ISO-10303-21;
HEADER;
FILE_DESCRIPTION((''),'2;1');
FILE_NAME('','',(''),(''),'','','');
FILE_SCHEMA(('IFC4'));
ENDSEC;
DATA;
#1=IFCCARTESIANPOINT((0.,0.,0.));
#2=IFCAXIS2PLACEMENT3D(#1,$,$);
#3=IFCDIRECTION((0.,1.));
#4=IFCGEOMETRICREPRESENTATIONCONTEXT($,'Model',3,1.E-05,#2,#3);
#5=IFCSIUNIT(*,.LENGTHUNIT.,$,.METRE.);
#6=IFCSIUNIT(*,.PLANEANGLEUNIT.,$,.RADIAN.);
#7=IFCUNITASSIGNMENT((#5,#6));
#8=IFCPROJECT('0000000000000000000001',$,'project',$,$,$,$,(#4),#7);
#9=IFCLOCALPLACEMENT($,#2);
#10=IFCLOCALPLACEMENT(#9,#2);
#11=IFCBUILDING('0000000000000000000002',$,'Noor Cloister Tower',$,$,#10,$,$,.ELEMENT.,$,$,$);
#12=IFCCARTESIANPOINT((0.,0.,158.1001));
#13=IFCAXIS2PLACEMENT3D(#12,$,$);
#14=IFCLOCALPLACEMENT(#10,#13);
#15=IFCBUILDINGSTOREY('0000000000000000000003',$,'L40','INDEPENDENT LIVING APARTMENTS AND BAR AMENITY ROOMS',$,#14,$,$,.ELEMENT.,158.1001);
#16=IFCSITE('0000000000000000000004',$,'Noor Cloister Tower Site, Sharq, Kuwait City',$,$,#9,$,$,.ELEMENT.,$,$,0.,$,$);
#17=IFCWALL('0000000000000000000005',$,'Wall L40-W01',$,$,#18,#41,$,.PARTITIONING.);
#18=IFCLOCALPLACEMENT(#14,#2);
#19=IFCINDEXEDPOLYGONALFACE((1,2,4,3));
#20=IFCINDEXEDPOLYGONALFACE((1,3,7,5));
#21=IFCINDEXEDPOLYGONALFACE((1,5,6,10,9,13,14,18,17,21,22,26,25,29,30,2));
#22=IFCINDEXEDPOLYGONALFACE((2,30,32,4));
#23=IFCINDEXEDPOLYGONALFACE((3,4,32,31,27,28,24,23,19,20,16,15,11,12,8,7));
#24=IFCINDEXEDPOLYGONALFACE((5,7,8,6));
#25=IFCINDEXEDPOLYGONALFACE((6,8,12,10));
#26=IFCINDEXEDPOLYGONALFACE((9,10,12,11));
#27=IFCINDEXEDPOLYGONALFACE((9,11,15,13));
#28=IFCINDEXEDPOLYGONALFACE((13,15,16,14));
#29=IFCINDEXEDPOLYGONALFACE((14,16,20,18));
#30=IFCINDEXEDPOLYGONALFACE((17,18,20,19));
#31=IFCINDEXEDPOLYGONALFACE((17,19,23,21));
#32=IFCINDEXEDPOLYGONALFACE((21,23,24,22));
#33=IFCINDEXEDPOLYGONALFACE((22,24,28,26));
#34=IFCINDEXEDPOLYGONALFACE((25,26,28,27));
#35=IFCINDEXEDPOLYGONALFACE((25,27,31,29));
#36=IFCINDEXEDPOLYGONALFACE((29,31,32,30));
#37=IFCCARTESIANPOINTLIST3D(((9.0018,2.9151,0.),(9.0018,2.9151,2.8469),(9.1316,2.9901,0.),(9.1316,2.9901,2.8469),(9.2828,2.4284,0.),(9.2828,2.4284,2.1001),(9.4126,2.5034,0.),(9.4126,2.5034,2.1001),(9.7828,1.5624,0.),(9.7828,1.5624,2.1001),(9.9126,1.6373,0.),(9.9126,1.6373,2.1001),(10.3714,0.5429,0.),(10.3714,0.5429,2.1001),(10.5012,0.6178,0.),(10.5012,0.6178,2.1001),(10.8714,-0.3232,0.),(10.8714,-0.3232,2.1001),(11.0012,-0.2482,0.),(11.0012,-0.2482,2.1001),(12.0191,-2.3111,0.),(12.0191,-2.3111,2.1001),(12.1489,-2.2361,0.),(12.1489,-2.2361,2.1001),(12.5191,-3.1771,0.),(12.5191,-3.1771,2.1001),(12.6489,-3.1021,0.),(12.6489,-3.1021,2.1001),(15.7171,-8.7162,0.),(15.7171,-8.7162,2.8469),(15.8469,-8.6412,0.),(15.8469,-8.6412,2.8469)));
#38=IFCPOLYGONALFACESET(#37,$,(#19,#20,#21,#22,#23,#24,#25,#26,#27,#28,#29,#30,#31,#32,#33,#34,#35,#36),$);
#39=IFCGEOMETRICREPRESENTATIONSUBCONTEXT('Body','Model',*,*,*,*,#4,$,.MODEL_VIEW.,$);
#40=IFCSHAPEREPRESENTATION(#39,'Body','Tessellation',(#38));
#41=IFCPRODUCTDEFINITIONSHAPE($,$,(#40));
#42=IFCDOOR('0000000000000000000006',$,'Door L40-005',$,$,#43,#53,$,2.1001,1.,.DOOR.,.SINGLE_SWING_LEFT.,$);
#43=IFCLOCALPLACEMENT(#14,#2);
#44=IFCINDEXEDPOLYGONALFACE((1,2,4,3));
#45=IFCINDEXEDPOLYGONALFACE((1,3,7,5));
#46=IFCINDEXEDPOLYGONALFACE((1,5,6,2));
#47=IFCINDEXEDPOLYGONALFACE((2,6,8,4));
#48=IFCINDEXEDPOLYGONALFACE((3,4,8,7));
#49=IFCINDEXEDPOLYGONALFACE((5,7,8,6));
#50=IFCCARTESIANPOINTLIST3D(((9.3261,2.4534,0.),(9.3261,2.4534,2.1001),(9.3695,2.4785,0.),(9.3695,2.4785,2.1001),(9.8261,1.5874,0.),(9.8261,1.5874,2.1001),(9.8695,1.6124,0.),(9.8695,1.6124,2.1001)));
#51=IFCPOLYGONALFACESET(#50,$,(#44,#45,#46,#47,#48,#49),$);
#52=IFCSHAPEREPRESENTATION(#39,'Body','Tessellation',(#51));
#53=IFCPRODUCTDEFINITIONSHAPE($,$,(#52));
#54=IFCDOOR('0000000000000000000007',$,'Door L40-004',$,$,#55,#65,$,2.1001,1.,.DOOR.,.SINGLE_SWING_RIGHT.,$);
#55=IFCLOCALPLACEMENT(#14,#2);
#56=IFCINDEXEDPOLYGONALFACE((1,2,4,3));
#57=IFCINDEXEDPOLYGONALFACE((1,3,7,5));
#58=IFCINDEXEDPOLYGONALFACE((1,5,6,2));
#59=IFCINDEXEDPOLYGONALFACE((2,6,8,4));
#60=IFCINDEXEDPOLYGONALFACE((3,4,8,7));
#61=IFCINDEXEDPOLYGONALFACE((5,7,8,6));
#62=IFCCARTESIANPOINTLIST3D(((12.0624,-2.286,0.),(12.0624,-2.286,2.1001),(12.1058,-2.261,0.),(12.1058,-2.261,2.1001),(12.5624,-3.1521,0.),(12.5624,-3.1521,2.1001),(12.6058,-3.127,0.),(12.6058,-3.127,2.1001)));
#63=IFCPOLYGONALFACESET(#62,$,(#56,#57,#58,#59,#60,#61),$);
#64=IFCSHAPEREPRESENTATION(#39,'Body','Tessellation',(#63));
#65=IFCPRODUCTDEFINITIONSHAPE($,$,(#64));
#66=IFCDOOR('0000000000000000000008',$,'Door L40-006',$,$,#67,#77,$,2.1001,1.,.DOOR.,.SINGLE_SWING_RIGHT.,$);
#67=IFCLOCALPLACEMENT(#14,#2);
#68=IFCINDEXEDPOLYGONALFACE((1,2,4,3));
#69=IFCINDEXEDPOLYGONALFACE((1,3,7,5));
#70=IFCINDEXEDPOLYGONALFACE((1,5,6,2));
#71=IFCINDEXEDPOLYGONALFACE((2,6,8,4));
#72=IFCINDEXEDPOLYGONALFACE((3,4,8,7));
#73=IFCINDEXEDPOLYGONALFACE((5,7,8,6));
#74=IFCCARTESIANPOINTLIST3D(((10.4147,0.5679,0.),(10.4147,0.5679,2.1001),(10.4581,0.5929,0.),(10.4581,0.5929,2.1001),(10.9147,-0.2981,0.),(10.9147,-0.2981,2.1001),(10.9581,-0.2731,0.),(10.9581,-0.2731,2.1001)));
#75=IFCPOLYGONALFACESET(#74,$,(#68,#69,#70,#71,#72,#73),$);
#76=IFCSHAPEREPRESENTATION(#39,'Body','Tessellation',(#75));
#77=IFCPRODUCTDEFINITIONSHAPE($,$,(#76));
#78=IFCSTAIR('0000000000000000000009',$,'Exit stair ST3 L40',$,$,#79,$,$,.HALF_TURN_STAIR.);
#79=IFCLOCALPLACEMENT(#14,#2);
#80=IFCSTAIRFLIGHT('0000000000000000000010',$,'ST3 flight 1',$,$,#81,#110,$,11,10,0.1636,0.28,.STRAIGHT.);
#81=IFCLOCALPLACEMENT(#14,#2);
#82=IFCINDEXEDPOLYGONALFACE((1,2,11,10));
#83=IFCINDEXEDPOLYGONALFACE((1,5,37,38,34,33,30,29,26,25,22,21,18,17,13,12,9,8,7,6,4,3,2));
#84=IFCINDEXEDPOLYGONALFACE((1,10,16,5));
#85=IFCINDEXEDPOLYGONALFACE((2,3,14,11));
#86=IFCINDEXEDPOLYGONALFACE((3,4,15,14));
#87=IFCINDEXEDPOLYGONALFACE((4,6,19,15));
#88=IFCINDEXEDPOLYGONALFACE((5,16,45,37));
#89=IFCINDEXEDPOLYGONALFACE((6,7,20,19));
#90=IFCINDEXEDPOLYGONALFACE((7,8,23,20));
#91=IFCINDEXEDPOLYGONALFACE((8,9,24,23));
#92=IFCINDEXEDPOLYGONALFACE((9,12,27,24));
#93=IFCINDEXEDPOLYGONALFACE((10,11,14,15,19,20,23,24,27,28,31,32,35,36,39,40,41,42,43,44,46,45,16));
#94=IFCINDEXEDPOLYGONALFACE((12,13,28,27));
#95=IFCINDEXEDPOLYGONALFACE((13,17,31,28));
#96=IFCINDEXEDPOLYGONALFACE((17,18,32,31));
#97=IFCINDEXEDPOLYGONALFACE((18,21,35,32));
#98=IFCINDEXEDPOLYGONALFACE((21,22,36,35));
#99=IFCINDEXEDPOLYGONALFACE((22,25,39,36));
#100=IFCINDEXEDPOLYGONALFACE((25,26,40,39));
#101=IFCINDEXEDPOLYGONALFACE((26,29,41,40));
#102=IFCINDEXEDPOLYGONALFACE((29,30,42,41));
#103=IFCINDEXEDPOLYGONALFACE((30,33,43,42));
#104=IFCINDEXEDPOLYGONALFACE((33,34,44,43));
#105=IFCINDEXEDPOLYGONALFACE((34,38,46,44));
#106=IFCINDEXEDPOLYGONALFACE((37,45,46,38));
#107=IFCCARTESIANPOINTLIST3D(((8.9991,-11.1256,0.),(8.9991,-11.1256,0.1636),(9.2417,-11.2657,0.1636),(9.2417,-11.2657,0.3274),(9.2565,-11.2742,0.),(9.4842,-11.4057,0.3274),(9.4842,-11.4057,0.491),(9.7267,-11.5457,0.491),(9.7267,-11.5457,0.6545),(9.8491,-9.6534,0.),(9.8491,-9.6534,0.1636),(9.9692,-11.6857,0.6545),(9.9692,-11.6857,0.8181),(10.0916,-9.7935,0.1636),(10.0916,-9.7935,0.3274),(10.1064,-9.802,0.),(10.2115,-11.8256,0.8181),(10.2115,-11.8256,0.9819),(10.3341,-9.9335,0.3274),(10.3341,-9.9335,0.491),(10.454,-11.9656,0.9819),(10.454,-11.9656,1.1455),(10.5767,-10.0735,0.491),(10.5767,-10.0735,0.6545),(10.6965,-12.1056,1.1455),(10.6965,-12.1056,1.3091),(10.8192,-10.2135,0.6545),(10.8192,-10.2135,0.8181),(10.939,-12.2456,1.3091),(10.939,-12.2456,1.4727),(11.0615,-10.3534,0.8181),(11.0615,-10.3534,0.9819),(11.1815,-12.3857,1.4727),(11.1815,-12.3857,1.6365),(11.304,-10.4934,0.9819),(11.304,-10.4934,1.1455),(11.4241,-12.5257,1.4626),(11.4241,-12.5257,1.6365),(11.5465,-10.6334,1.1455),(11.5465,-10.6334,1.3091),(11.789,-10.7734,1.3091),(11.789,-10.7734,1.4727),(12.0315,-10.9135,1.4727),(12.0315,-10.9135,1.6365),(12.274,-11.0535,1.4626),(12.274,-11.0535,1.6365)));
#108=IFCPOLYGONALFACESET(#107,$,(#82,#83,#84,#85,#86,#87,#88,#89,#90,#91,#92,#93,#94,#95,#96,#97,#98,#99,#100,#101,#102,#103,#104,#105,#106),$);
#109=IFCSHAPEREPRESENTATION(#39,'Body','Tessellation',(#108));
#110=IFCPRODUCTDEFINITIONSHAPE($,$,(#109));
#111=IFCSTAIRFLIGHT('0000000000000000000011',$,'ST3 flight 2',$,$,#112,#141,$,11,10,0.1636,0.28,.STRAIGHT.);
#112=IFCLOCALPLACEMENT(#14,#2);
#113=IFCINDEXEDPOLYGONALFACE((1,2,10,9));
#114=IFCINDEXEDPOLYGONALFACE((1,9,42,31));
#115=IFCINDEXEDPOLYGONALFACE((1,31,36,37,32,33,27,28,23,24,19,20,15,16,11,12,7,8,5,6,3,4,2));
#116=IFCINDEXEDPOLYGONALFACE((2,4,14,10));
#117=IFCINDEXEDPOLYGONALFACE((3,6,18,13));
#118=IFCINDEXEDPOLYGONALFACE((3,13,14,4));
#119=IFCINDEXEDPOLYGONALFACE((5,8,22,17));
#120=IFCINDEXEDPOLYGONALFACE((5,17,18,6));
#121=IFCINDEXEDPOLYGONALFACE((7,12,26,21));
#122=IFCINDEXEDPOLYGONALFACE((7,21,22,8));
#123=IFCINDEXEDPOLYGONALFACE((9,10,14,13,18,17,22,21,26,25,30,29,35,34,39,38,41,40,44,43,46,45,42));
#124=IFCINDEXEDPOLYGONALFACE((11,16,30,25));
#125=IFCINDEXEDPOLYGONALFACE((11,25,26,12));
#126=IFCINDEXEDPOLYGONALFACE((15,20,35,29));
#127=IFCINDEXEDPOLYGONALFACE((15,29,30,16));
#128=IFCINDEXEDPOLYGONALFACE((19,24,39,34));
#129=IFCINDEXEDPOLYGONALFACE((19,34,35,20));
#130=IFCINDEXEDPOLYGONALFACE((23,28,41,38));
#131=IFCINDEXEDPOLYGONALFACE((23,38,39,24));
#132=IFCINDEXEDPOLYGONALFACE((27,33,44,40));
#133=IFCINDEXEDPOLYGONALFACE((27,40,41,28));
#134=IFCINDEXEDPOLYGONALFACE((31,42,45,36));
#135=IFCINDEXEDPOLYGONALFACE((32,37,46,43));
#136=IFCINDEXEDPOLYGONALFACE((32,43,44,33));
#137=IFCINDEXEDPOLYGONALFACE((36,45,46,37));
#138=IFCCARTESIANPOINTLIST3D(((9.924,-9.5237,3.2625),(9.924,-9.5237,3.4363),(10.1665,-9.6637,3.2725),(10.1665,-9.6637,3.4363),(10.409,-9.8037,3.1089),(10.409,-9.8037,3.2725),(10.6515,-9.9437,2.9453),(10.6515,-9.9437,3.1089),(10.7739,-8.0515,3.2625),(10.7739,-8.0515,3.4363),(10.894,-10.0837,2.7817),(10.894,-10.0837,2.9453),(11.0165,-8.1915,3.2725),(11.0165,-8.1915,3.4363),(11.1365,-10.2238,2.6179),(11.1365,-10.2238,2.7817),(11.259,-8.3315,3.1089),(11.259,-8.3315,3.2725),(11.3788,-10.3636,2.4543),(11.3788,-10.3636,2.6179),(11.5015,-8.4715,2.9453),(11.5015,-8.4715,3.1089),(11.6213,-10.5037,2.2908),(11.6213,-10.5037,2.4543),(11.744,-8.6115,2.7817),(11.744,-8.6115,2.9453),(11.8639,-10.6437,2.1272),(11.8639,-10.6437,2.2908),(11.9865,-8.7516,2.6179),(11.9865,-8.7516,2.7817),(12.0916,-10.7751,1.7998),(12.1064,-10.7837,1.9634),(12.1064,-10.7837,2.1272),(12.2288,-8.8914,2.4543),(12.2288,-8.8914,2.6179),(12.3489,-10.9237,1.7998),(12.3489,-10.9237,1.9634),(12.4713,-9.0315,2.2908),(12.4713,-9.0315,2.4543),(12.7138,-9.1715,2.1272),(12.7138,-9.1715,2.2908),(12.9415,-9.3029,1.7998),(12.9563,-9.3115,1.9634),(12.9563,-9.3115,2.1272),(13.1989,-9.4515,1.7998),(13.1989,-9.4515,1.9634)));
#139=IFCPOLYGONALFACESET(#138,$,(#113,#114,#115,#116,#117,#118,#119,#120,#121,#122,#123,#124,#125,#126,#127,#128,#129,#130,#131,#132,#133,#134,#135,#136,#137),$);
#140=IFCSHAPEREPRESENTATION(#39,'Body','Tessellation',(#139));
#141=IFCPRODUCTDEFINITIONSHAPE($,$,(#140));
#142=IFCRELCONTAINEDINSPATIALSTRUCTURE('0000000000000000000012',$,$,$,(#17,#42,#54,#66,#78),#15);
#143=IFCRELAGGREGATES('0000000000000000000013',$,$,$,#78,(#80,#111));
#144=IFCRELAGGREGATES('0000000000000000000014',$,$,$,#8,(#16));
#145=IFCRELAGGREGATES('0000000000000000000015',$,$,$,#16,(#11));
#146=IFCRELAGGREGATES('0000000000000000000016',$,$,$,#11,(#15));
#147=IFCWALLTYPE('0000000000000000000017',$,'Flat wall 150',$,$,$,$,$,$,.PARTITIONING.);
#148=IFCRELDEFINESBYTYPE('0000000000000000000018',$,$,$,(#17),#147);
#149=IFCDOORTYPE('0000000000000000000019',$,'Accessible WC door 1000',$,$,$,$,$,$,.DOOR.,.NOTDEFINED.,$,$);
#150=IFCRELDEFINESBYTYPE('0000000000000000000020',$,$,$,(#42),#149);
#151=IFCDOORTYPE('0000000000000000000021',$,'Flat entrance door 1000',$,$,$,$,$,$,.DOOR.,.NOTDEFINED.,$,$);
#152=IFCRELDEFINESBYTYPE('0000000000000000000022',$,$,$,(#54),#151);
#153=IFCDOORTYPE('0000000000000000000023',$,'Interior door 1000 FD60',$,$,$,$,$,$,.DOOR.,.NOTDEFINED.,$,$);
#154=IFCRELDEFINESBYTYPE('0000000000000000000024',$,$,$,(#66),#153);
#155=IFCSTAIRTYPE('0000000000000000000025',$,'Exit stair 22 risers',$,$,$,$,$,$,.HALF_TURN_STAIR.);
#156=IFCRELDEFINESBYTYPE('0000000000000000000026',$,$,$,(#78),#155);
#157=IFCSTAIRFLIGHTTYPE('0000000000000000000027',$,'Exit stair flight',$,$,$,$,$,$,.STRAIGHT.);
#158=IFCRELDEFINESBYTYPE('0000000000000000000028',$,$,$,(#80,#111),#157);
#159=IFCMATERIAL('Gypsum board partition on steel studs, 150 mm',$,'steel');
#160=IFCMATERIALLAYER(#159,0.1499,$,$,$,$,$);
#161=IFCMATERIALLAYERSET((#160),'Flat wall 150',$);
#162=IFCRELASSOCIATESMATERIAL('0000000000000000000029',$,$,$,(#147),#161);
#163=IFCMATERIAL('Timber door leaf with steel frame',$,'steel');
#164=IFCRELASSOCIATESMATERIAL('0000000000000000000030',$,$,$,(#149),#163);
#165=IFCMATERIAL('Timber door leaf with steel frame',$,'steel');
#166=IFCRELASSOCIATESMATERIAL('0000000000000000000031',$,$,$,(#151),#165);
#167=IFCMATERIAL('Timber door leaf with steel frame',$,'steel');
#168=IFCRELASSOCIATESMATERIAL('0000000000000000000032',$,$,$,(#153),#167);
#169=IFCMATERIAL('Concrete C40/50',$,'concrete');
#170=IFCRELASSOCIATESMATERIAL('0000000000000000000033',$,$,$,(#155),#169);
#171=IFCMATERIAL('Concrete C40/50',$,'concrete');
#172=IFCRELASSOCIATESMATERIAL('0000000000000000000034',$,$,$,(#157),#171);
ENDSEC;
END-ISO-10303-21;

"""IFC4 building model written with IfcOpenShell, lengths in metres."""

from ifc_helpers import new_model, si_unit, direction, frame, frame_2d, origin, place, context, subcontext, project, spatial, polyline, rectangle, outline, extrude, material, layer, layer_set, type_object, element, fill, aggregate, save


model = new_model("IFC4")

# Units and contexts
model_context = context("Model", 3, precision=1e-05, world=origin(), true_north=direction((0.0, 1.0)))
body_context = subcontext(model_context, "Body", "Model", "MODEL_VIEW")
ifc_project = project(units=[si_unit("LENGTHUNIT", "METRE"), si_unit("PLANEANGLEUNIT", "RADIAN")], contexts=[model_context])

# Site, building, storey
site_placement = place(None, origin())
site = spatial("IfcSite", under=ifc_project, at=site_placement, Name="Noor Cloister Tower Site, Sharq, Kuwait City", CompositionType="ELEMENT", RefElevation=0.0)
building_placement = place(site_placement, origin())
building = spatial("IfcBuilding", under=site, at=building_placement, Name="Noor Cloister Tower", CompositionType="ELEMENT")
storey_placement = place(building_placement, frame((0.0, 0.0, 158.1001)))
storey = spatial("IfcBuildingStorey", under=building, at=storey_placement, Name="L40", Description="INDEPENDENT LIVING APARTMENTS AND BAR AMENITY ROOMS", CompositionType="ELEMENT", Elevation=158.1001)

# Wall, openings, doors
ifc_material_1 = material(Name="Gypsum board partition on steel studs, 150 mm", Category="steel")
ifc_layer_1 = layer(ifc_material_1, 0.1499)
ifc_layer_set_1 = layer_set([ifc_layer_1], Name="Flat wall 150")
wall_type = type_object("IfcWallType", Name="Flat wall 150", PredefinedType="PARTITIONING", material=ifc_layer_set_1)
wall_placement = place(storey_placement, frame((15.782, -8.6787, 0.0), z_axis=(0.0, 0.0, 1.0), x_axis=(-0.499998, 0.866026, 0.0)))
wall = element("IfcWall", 1, at=wall_placement, inside=storey, type_object=wall_type, Name="Wall L40-W01", PredefinedType="PARTITIONING", context=body_context, shape_type="SweptSolid", body=[
    extrude(rectangle(XDim=13.4307, YDim=0.1499, at=frame_2d((6.7153, 0.0))), origin(), (0.0, 0.0, 1.0), 2.8469),
])
opening_1_placement = place(wall_placement, frame((6.396, 0.0, 0.0)))
opening_1 = element("IfcOpeningElement", 2, at=opening_1_placement, cuts=wall, PredefinedType="OPENING", context=body_context, shape_type="SweptSolid", body=[
    extrude(rectangle(XDim=1.0, YDim=2.1001, at=frame_2d((0.5, 1.05))), frame((0.0, 0.085, 0.0), z_axis=(0.0, -1.0, 0.0), x_axis=(1.0, 0.0, 0.0)), (0.0, 0.0, 1.0), 0.1699),
])
opening_2_placement = place(wall_placement, frame((11.8687, 0.0, 0.0)))
opening_2 = element("IfcOpeningElement", 3, at=opening_2_placement, cuts=wall, PredefinedType="OPENING", context=body_context, shape_type="SweptSolid", body=[
    extrude(rectangle(XDim=1.0, YDim=2.1001, at=frame_2d((0.5, 1.05))), frame((0.0, 0.085, 0.0), z_axis=(0.0, -1.0, 0.0), x_axis=(1.0, 0.0, 0.0)), (0.0, 0.0, 1.0), 0.1699),
])
opening_3_placement = place(wall_placement, frame((9.6914, 0.0, 0.0)))
opening_3 = element("IfcOpeningElement", 4, at=opening_3_placement, cuts=wall, PredefinedType="OPENING", context=body_context, shape_type="SweptSolid", body=[
    extrude(rectangle(XDim=1.0, YDim=2.1001, at=frame_2d((0.5, 1.05))), frame((0.0, 0.085, 0.0), z_axis=(0.0, -1.0, 0.0), x_axis=(1.0, 0.0, 0.0)), (0.0, 0.0, 1.0), 0.1699),
])
ifc_material_2 = material(Name="Timber door leaf with steel frame", Category="steel")
door_type_1 = type_object("IfcDoorType", Name="Accessible WC door 1000", OperationType="NOTDEFINED", PredefinedType="DOOR", material=ifc_material_2)
door_1_placement = place(opening_2_placement, origin())
door_1 = element("IfcDoor", 5, at=door_1_placement, inside=storey, type_object=door_type_1, Name="Door L40-005", OperationType="SINGLE_SWING_LEFT", OverallHeight=2.1001, OverallWidth=1.0, PredefinedType="DOOR", context=body_context, shape_type="SweptSolid", body=[
    extrude(rectangle(XDim=1.0, YDim=2.1001, at=frame_2d((0.5, 1.05))), frame((0.0, 0.0249, 0.0), z_axis=(0.0, -1.0, 0.0), x_axis=(1.0, 0.0, 0.0)), (0.0, 0.0, 1.0), 0.05),
])
fill(opening_2, door_1)
ifc_material_3 = material(Name="Timber door leaf with steel frame", Category="steel")
door_type_2 = type_object("IfcDoorType", Name="Flat entrance door 1000", OperationType="NOTDEFINED", PredefinedType="DOOR", material=ifc_material_3)
door_2_placement = place(opening_1_placement, origin())
door_2 = element("IfcDoor", 6, at=door_2_placement, inside=storey, type_object=door_type_2, Name="Door L40-004", OperationType="SINGLE_SWING_RIGHT", OverallHeight=2.1001, OverallWidth=1.0, PredefinedType="DOOR", context=body_context, shape_type="SweptSolid", body=[
    extrude(rectangle(XDim=1.0, YDim=2.1001, at=frame_2d((0.5, 1.05))), frame((0.0, 0.0249, 0.0), z_axis=(0.0, -1.0, 0.0), x_axis=(1.0, 0.0, 0.0)), (0.0, 0.0, 1.0), 0.05),
])
fill(opening_1, door_2)
ifc_material_4 = material(Name="Timber door leaf with steel frame", Category="steel")
door_type_3 = type_object("IfcDoorType", Name="Interior door 1000 FD60", OperationType="NOTDEFINED", PredefinedType="DOOR", material=ifc_material_4)
door_3_placement = place(opening_3_placement, origin())
door_3 = element("IfcDoor", 7, at=door_3_placement, inside=storey, type_object=door_type_3, Name="Door L40-006", OperationType="SINGLE_SWING_RIGHT", OverallHeight=2.1001, OverallWidth=1.0, PredefinedType="DOOR", context=body_context, shape_type="SweptSolid", body=[
    extrude(rectangle(XDim=1.0, YDim=2.1001, at=frame_2d((0.5, 1.05))), frame((0.0, 0.0249, 0.0), z_axis=(0.0, -1.0, 0.0), x_axis=(1.0, 0.0, 0.0)), (0.0, 0.0, 1.0), 0.05),
])
fill(opening_3, door_3)

# Stair, stair flights
ifc_material_5 = material(Name="Concrete C40/50", Category="concrete")
stair_type = type_object("IfcStairType", Name="Exit stair 22 risers", PredefinedType="HALF_TURN_STAIR", material=ifc_material_5)
stair_placement = place(storey_placement, origin())
stair = element("IfcStair", 8, at=stair_placement, inside=storey, type_object=stair_type, Name="Exit stair ST3 L40", PredefinedType="HALF_TURN_STAIR")
ifc_material_6 = material(Name="Concrete C40/50", Category="concrete")
stair_flight_type = type_object("IfcStairFlightType", Name="Exit stair flight", PredefinedType="STRAIGHT", material=ifc_material_6)
stair_flight_1_placement = place(storey_placement, frame((9.4241, -10.3896, 0.0), z_axis=(0.0, 0.0, 1.0), x_axis=(0.866025, -0.5, 0.0)))
stair_flight_1 = element("IfcStairFlight", 9, at=stair_flight_1_placement, type_object=stair_flight_type, Name="ST3 flight 1", NumberOfRisers=11, NumberOfTreads=10, PredefinedType="STRAIGHT", RiserHeight=0.1636, TreadLength=0.28, context=body_context, shape_type="SweptSolid", body=[
    extrude(outline(polyline([(0.0, 0.0), (0.0, 0.1636), (0.28, 0.1636), (0.28, 0.3274), (0.5601, 0.3274), (0.5601, 0.491), (0.8401, 0.491), (0.8401, 0.6545), (1.1201, 0.6545), (1.1201, 0.8181), (1.3999, 0.8181), (1.3999, 0.9819), (1.6799, 0.9819), (1.6799, 1.1455), (1.96, 1.1455), (1.96, 1.3091), (2.24, 1.3091), (2.24, 1.4727), (2.52, 1.4727), (2.52, 1.6365), (2.8, 1.6365), (2.8, 1.8), (2.8, 1.4626), (0.2971, 0.0), (0.0, 0.0)])), frame((0.0, 0.8501, 0.0), z_axis=(0.0, -1.0, 0.0), x_axis=(1.0, 0.0, 0.0)), (0.0, 0.0, 1.0), 1.7),
])
stair_flight_2_placement = place(storey_placement, frame((12.7739, -10.1875, 1.7998), z_axis=(0.0, 0.0, 1.0), x_axis=(-0.866025, 0.5, 0.0)))
stair_flight_2 = element("IfcStairFlight", 10, at=stair_flight_2_placement, type_object=stair_flight_type, Name="ST3 flight 2", NumberOfRisers=11, NumberOfTreads=10, PredefinedType="STRAIGHT", RiserHeight=0.1636, TreadLength=0.28, context=body_context, shape_type="SweptSolid", body=[
    extrude(outline(polyline([(0.0, 0.0), (0.0, 0.1636), (0.28, 0.1636), (0.28, 0.3274), (0.5601, 0.3274), (0.5601, 0.491), (0.8401, 0.491), (0.8401, 0.6545), (1.1201, 0.6545), (1.1201, 0.8181), (1.3999, 0.8181), (1.3999, 0.9819), (1.6799, 0.9819), (1.6799, 1.1455), (1.96, 1.1455), (1.96, 1.3091), (2.24, 1.3091), (2.24, 1.4727), (2.52, 1.4727), (2.52, 1.6365), (2.8, 1.6365), (2.8, 1.8), (2.8, 1.4626), (0.2971, 0.0), (0.0, 0.0)])), frame((0.0, 0.8501, 0.0), z_axis=(0.0, -1.0, 0.0), x_axis=(1.0, 0.0, 0.0)), (0.0, 0.0, 1.0), 1.7),
])
aggregate(stair, [stair_flight_1, stair_flight_2])

save(model, "model.ifc")
